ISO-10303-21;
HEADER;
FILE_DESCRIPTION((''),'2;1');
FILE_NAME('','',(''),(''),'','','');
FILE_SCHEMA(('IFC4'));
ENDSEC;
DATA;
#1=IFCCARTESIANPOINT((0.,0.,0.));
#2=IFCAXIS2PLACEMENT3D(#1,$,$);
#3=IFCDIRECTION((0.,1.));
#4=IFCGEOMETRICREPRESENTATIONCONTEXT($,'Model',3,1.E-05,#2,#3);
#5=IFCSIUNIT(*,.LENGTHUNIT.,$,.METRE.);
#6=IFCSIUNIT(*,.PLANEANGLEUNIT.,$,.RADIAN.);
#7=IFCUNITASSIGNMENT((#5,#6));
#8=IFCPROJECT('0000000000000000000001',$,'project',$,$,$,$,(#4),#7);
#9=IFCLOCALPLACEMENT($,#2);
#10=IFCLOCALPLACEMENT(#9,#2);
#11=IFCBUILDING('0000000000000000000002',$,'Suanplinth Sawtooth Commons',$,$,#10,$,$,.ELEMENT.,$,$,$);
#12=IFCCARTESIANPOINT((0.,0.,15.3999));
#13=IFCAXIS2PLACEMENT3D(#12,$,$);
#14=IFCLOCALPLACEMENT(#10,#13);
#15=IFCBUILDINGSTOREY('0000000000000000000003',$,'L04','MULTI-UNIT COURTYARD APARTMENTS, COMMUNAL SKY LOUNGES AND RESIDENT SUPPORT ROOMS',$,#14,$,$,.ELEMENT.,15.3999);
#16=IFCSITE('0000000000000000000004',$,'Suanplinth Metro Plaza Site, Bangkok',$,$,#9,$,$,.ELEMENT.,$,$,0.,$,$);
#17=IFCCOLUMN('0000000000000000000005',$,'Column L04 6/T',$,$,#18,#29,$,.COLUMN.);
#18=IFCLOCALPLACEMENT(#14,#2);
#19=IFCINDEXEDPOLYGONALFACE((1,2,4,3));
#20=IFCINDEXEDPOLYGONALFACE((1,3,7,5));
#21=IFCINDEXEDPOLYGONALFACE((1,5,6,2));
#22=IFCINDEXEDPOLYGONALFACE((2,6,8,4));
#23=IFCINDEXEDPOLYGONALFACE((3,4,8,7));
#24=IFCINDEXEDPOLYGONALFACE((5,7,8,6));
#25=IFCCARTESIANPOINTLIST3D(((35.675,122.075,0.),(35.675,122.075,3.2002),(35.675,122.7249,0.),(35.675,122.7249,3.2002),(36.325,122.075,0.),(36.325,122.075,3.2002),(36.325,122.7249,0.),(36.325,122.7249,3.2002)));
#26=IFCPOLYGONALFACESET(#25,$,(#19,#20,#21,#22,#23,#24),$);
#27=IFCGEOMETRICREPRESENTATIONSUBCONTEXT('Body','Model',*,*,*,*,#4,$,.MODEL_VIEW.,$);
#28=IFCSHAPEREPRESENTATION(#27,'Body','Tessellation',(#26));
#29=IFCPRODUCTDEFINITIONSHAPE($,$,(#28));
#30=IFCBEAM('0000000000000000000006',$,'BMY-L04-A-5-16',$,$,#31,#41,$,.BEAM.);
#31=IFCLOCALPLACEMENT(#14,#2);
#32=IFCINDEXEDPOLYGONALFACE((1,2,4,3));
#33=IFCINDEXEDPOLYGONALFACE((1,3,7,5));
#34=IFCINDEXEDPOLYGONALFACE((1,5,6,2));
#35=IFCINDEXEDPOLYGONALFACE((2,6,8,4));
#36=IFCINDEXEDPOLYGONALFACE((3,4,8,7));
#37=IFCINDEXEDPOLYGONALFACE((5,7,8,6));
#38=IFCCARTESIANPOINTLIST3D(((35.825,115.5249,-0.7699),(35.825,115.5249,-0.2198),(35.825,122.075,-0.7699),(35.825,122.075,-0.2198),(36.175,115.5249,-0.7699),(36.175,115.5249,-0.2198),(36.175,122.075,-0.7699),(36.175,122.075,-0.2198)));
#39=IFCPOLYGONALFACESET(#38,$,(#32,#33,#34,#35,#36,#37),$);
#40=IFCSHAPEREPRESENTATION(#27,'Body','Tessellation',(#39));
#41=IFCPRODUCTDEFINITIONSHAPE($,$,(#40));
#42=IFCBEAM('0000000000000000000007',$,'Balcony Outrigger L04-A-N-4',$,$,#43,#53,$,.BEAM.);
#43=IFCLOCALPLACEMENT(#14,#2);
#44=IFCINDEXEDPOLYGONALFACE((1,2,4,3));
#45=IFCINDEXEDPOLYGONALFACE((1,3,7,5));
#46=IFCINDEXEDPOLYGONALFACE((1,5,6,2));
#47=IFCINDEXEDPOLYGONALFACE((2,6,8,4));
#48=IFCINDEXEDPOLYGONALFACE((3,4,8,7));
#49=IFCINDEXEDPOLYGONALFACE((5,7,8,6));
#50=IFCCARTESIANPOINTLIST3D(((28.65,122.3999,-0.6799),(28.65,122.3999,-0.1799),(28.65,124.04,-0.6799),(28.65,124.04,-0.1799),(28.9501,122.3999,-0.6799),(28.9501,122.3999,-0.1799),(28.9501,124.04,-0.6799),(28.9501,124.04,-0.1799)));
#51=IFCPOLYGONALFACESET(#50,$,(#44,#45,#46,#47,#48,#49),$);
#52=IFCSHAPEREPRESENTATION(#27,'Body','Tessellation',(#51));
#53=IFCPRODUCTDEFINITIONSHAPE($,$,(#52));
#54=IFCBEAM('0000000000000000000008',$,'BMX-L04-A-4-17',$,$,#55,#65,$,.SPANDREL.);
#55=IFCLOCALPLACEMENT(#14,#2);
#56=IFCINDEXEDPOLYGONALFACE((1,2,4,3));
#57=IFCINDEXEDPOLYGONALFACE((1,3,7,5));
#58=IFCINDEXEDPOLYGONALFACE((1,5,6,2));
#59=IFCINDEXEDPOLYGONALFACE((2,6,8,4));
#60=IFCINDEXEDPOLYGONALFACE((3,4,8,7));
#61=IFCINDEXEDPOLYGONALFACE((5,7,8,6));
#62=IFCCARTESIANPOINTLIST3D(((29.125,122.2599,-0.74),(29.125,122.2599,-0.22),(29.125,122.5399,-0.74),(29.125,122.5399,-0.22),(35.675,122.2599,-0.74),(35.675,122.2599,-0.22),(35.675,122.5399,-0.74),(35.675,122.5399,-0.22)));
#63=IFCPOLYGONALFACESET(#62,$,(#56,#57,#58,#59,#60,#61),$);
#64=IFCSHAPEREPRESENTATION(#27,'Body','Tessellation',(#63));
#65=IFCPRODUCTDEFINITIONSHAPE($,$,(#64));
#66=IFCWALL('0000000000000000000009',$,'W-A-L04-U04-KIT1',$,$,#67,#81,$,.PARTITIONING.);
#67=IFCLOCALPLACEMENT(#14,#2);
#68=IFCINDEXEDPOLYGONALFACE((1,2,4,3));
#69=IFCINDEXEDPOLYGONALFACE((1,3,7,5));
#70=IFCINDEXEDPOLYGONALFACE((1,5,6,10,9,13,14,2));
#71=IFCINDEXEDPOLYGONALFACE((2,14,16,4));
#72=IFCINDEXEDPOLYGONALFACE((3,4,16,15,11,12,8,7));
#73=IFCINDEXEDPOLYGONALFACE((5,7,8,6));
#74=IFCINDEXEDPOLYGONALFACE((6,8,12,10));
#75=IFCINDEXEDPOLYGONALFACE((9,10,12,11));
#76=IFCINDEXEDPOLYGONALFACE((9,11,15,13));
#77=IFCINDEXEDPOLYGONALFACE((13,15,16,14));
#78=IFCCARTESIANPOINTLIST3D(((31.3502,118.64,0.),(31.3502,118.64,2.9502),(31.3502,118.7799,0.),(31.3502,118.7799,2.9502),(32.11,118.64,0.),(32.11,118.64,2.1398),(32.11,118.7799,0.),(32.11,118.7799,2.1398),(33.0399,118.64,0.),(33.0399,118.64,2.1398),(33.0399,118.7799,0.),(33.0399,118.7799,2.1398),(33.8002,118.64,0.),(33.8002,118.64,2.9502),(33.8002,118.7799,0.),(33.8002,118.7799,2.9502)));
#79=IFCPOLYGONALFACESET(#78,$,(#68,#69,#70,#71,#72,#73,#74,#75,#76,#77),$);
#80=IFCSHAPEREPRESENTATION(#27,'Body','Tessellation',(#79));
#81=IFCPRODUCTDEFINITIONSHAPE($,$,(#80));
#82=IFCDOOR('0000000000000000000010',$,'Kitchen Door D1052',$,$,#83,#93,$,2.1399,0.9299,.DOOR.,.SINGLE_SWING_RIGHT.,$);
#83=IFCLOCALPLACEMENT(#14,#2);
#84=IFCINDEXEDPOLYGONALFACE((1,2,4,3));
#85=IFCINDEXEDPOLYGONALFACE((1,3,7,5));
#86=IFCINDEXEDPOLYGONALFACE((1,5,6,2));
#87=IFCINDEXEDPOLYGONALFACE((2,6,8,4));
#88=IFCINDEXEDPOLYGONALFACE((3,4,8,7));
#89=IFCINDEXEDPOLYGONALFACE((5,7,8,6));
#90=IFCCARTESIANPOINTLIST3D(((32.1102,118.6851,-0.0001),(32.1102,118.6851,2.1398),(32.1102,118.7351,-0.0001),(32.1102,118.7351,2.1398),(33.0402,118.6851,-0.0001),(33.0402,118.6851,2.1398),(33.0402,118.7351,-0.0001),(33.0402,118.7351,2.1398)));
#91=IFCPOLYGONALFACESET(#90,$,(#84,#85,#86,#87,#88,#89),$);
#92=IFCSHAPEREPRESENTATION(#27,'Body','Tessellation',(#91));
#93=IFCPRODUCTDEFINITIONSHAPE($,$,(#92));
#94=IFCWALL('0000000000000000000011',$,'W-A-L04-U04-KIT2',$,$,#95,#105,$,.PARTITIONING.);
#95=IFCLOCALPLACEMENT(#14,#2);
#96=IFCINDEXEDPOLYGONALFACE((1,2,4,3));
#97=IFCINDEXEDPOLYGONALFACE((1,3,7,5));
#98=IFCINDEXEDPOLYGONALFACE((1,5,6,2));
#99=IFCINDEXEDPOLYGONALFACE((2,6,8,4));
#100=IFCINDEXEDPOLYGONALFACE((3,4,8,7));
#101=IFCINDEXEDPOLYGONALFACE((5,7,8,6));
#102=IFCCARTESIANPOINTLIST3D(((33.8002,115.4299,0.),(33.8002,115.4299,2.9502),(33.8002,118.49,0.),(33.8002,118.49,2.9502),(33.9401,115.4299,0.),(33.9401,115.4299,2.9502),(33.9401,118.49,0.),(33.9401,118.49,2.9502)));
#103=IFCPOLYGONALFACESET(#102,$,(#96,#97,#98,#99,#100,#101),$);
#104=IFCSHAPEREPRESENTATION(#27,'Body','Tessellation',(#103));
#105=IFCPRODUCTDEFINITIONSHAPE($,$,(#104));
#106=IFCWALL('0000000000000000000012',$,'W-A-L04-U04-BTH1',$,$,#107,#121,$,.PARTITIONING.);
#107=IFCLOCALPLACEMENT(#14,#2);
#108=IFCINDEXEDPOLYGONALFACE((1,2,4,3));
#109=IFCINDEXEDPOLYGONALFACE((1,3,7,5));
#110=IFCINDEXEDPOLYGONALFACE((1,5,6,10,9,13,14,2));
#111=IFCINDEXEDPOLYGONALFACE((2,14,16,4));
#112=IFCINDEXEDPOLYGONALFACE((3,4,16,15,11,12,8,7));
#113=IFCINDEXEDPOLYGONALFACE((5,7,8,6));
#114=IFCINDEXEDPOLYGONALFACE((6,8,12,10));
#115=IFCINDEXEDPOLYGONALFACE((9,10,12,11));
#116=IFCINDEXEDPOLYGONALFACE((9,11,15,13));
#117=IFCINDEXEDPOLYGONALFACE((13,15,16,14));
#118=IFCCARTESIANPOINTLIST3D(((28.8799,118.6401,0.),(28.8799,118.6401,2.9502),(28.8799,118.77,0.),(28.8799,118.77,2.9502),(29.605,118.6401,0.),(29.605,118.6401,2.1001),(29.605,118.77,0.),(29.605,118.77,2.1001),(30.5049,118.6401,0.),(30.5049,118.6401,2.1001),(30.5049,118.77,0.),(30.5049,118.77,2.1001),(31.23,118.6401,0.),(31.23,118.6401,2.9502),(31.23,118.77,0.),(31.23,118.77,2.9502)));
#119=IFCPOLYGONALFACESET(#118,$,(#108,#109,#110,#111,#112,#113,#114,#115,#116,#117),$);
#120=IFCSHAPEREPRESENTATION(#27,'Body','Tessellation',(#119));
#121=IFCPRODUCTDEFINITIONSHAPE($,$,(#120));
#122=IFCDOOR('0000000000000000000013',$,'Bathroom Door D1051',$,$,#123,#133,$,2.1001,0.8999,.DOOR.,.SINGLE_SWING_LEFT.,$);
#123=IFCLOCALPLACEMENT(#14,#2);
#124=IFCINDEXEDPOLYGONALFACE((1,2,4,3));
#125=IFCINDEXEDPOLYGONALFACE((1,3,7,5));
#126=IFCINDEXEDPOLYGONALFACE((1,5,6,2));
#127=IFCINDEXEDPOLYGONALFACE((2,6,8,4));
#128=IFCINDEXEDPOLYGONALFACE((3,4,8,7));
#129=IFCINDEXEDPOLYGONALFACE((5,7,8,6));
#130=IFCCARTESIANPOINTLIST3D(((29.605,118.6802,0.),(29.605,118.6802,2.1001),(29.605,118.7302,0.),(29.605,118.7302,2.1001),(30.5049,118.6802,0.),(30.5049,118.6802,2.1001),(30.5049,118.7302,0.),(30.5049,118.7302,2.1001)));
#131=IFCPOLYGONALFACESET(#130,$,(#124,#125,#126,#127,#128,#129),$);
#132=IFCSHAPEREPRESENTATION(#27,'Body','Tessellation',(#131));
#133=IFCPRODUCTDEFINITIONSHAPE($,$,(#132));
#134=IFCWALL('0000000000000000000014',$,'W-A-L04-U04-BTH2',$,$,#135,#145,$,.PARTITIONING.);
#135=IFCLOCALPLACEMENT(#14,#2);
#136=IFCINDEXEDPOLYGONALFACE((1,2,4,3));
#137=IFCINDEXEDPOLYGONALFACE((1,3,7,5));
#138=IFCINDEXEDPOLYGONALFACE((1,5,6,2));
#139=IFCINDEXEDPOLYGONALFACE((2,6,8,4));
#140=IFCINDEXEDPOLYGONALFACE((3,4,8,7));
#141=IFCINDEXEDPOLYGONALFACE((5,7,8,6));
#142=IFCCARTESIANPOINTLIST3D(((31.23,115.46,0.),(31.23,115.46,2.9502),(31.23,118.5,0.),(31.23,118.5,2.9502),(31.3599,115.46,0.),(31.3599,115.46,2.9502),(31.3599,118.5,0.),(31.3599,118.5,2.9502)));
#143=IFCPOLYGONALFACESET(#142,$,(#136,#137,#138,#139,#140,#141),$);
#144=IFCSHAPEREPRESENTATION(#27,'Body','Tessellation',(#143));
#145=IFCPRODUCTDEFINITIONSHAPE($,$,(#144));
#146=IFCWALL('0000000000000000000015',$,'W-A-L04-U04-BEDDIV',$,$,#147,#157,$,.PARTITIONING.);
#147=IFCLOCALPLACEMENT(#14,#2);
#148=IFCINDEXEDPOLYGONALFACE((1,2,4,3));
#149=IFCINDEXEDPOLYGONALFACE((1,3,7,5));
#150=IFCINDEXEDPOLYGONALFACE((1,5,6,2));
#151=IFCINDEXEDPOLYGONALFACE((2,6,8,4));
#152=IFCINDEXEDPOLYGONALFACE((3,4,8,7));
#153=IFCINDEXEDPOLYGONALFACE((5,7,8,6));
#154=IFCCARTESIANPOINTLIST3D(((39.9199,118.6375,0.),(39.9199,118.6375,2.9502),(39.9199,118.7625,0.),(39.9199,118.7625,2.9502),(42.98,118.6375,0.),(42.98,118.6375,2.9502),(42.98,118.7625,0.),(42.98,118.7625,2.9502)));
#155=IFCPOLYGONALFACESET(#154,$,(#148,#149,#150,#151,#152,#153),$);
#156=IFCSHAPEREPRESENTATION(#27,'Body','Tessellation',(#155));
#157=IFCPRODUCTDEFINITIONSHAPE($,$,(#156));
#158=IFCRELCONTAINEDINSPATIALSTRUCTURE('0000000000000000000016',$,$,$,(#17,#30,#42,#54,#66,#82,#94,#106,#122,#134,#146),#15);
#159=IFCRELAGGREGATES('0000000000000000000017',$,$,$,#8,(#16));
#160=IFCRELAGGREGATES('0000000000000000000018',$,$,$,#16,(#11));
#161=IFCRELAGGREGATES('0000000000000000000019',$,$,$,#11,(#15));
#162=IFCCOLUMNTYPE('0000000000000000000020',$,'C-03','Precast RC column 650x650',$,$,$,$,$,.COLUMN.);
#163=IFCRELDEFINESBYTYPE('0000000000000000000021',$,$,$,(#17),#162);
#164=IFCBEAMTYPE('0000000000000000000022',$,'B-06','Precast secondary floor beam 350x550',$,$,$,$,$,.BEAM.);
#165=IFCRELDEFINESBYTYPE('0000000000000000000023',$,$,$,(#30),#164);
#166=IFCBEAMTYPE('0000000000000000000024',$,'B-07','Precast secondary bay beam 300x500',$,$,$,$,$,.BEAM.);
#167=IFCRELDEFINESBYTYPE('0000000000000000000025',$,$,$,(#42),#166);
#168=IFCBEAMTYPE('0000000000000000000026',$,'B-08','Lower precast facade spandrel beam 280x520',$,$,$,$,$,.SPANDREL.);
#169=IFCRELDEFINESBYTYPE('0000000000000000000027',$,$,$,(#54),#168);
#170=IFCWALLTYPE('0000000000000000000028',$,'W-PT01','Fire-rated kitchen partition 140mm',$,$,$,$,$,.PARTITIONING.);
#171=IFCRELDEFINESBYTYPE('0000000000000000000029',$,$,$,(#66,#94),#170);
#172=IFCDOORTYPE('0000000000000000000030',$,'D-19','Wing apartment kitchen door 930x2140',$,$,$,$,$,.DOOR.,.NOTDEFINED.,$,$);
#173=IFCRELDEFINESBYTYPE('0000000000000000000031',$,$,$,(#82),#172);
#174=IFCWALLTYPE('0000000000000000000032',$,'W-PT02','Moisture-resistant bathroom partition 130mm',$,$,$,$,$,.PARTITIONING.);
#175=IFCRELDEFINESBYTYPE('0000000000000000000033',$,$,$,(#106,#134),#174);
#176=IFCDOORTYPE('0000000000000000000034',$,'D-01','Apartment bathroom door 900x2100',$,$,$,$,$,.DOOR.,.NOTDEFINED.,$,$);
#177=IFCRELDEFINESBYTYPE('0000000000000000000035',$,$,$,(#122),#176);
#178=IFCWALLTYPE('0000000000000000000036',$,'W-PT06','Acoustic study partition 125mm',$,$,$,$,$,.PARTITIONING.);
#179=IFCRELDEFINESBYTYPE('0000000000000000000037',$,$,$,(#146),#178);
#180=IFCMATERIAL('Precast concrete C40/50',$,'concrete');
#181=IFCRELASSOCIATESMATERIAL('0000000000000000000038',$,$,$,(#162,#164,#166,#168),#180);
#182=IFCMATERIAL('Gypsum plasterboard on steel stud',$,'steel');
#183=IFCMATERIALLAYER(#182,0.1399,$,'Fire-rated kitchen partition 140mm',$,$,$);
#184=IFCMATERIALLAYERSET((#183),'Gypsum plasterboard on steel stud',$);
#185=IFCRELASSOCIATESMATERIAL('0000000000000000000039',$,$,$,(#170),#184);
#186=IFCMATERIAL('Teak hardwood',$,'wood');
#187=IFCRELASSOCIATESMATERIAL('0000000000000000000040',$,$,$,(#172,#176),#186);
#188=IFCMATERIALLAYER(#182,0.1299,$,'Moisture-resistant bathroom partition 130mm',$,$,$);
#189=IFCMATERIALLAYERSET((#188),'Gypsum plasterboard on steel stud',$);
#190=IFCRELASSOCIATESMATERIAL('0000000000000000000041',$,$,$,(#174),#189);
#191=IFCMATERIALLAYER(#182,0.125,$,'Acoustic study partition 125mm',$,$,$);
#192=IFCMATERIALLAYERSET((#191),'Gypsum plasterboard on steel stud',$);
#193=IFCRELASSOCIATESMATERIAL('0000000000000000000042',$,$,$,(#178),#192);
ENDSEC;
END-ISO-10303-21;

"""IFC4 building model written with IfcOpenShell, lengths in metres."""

from ifc_helpers import new_model, si_unit, direction, frame, frame_2d, origin, origin_2d, place, context, subcontext, project, spatial, rectangle, extrude, material, layer, layer_set, material_profile, profile_set, type_object, element, fill, save


model = new_model("IFC4")

# Units and contexts
model_context = context("Model", 3, precision=1e-05, world=origin(), true_north=direction((0.0, 1.0)))
body_context = subcontext(model_context, "Body", "Model", "MODEL_VIEW")
ifc_project = project(units=[si_unit("LENGTHUNIT", "METRE"), si_unit("PLANEANGLEUNIT", "RADIAN")], contexts=[model_context])

# Site, building, storey
site_placement = place(None, origin())
site = spatial("IfcSite", under=ifc_project, at=site_placement, Name="Suanplinth Metro Plaza Site, Bangkok", CompositionType="ELEMENT", RefElevation=0.0)
building_placement = place(site_placement, origin())
building = spatial("IfcBuilding", under=site, at=building_placement, Name="Suanplinth Sawtooth Commons", CompositionType="ELEMENT")
storey_placement = place(building_placement, frame((0.0, 0.0, 15.3999)))
storey = spatial("IfcBuildingStorey", under=building, at=storey_placement, Name="L04", Description="MULTI-UNIT COURTYARD APARTMENTS, COMMUNAL SKY LOUNGES AND RESIDENT SUPPORT ROOMS", CompositionType="ELEMENT", Elevation=15.3999)

# Column
ifc_material_1 = material(Name="Precast concrete C40/50", Category="concrete")
ifc_material_profile_1 = material_profile(ifc_material_1, rectangle(XDim=0.6499, YDim=0.6499, at=origin_2d()), Name="PC-COL 650x650")
ifc_profile_set_1 = profile_set([ifc_material_profile_1], Name="Precast concrete C40/50")
column_type = type_object("IfcColumnType", Name="C-03", Description="Precast RC column 650x650", PredefinedType="COLUMN", material=ifc_profile_set_1)
column_placement = place(storey_placement, frame((36.0, 122.3999, 0.0), z_axis=(0.0, 0.0, 1.0), x_axis=(1.0, 0.0, 0.0)))
element("IfcColumn", 1, at=column_placement, inside=storey, type_object=column_type, Name="Column L04 6/T", PredefinedType="COLUMN", context=body_context, shape_type="SweptSolid", body=[
    extrude(rectangle(XDim=0.6499, YDim=0.6499, at=origin_2d()), origin(), (0.0, 0.0, 1.0), 3.2002),
])

# Beams
ifc_material_profile_2 = material_profile(ifc_material_1, rectangle(XDim=0.3501, YDim=0.55, at=origin_2d()), Name="PC-BM 350x550")
ifc_profile_set_2 = profile_set([ifc_material_profile_2], Name="Precast concrete C40/50")
beam_type_1 = type_object("IfcBeamType", Name="B-06", Description="Precast secondary floor beam 350x550", PredefinedType="BEAM", material=ifc_profile_set_2)
beam_1_placement = place(storey_placement, frame((36.0, 115.5249, -0.4949), z_axis=(0.0, 1.0, 0.0), x_axis=(-1.0, 0.0, 0.0)))
element("IfcBeam", 2, at=beam_1_placement, inside=storey, type_object=beam_type_1, Name="BMY-L04-A-5-16", PredefinedType="BEAM", context=body_context, shape_type="SweptSolid", body=[
    extrude(rectangle(XDim=0.3501, YDim=0.55, at=origin_2d()), origin(), (0.0, 0.0, 1.0), 6.55),
])
ifc_material_profile_3 = material_profile(ifc_material_1, rectangle(XDim=0.3, YDim=0.5, at=origin_2d()), Name="PC-BM 300x500")
ifc_profile_set_3 = profile_set([ifc_material_profile_3], Name="Precast concrete C40/50")
beam_type_2 = type_object("IfcBeamType", Name="B-07", Description="Precast secondary bay beam 300x500", PredefinedType="BEAM", material=ifc_profile_set_3)
beam_2_placement = place(storey_placement, frame((28.8, 122.3999, -0.4299), z_axis=(0.0, 1.0, 0.0), x_axis=(-1.0, 0.0, 0.0)))
element("IfcBeam", 3, at=beam_2_placement, inside=storey, type_object=beam_type_2, Name="Balcony Outrigger L04-A-N-4", PredefinedType="BEAM", context=body_context, shape_type="SweptSolid", body=[
    extrude(rectangle(XDim=0.3, YDim=0.5, at=origin_2d()), origin(), (0.0, 0.0, 1.0), 1.6401),
])
ifc_material_profile_4 = material_profile(ifc_material_1, rectangle(XDim=0.28, YDim=0.52, at=origin_2d()), Name="PC-SP 280x520")
ifc_profile_set_4 = profile_set([ifc_material_profile_4], Name="Precast concrete C40/50")
beam_type_3 = type_object("IfcBeamType", Name="B-08", Description="Lower precast facade spandrel beam 280x520", PredefinedType="SPANDREL", material=ifc_profile_set_4)
beam_3_placement = place(storey_placement, frame((29.125, 122.3999, -0.48), z_axis=(1.0, 0.0, 0.0), x_axis=(0.0, 1.0, 0.0)))
element("IfcBeam", 4, at=beam_3_placement, inside=storey, type_object=beam_type_3, Name="BMX-L04-A-4-17", PredefinedType="SPANDREL", context=body_context, shape_type="SweptSolid", body=[
    extrude(rectangle(XDim=0.28, YDim=0.52, at=origin_2d()), origin(), (0.0, 0.0, 1.0), 6.55),
])

# Wall, opening, door
ifc_material_2 = material(Name="Gypsum plasterboard on steel stud", Category="steel")
ifc_layer_1 = layer(ifc_material_2, 0.1399, Name="Fire-rated kitchen partition 140mm")
ifc_layer_set_1 = layer_set([ifc_layer_1], Name="Gypsum plasterboard on steel stud")
wall_type_1 = type_object("IfcWallType", Name="W-PT01", Description="Fire-rated kitchen partition 140mm", PredefinedType="PARTITIONING", material=ifc_layer_set_1)
wall_1_placement = place(storey_placement, frame((31.3501, 118.71, 0.0), z_axis=(0.0, 0.0, 1.0), x_axis=(1.0, 0.0, 0.0)))
wall_1 = element("IfcWall", 5, at=wall_1_placement, inside=storey, type_object=wall_type_1, Name="W-A-L04-U04-KIT1", PredefinedType="PARTITIONING", context=body_context, shape_type="SweptSolid", body=[
    extrude(rectangle(XDim=2.45, YDim=0.1399, at=frame_2d((1.2251, 0.0))), origin(), (0.0, 0.0, 1.0), 2.9502),
])
opening_1_placement = place(wall_1_placement, frame((0.76, 0.0, 0.0)))
opening_1 = element("IfcOpeningElement", 6, at=opening_1_placement, cuts=wall_1, PredefinedType="OPENING", context=body_context, shape_type="SweptSolid", body=[
    extrude(rectangle(XDim=0.9299, YDim=2.1399, at=frame_2d((0.4648, 1.0698))), frame((0.0, 0.085, 0.0), z_axis=(0.0, -1.0, 0.0), x_axis=(1.0, 0.0, 0.0)), (0.0, 0.0, 1.0), 0.1697),
])
ifc_material_3 = material(Name="Teak hardwood", Category="wood")
door_type_1 = type_object("IfcDoorType", Name="D-19", Description="Wing apartment kitchen door 930x2140", OperationType="NOTDEFINED", PredefinedType="DOOR", material=ifc_material_3)
door_1_placement = place(opening_1_placement, frame((0.9299, 0.0, 0.0), z_axis=(0.0, 0.0, 1.0), x_axis=(-1.0, 0.0, 0.0)))
door_1 = element("IfcDoor", 7, at=door_1_placement, inside=storey, type_object=door_type_1, Name="Kitchen Door D1052", OperationType="SINGLE_SWING_RIGHT", OverallHeight=2.1399, OverallWidth=0.9299, PredefinedType="DOOR", context=body_context, shape_type="SweptSolid", body=[
    extrude(rectangle(XDim=0.9299, YDim=2.1399, at=frame_2d((0.4648, 1.0698))), frame((0.0, 0.0249, 0.0), z_axis=(0.0, -1.0, 0.0), x_axis=(1.0, 0.0, 0.0)), (0.0, 0.0, 1.0), 0.05),
])
fill(opening_1, door_1)

# Wall
wall_2_placement = place(storey_placement, frame((33.8701, 115.4299, 0.0), z_axis=(0.0, 0.0, 1.0), x_axis=(0.0, 1.0, 0.0)))
element("IfcWall", 8, at=wall_2_placement, inside=storey, type_object=wall_type_1, Name="W-A-L04-U04-KIT2", PredefinedType="PARTITIONING", context=body_context, shape_type="SweptSolid", body=[
    extrude(rectangle(XDim=3.0601, YDim=0.1399, at=frame_2d((1.53, 0.0))), origin(), (0.0, 0.0, 1.0), 2.9502),
])

# Wall, opening, door
ifc_layer_2 = layer(ifc_material_2, 0.1299, Name="Moisture-resistant bathroom partition 130mm")
ifc_layer_set_2 = layer_set([ifc_layer_2], Name="Gypsum plasterboard on steel stud")
wall_type_2 = type_object("IfcWallType", Name="W-PT02", Description="Moisture-resistant bathroom partition 130mm", PredefinedType="PARTITIONING", material=ifc_layer_set_2)
wall_3_placement = place(storey_placement, frame((28.8799, 118.7051, 0.0), z_axis=(0.0, 0.0, 1.0), x_axis=(1.0, 0.0, 0.0)))
wall_3 = element("IfcWall", 9, at=wall_3_placement, inside=storey, type_object=wall_type_2, Name="W-A-L04-U04-BTH1", PredefinedType="PARTITIONING", context=body_context, shape_type="SweptSolid", body=[
    extrude(rectangle(XDim=2.3501, YDim=0.1299, at=frame_2d((1.175, 0.0))), origin(), (0.0, 0.0, 1.0), 2.9502),
])
opening_2_placement = place(wall_3_placement, frame((0.7251, 0.0, 0.0)))
opening_2 = element("IfcOpeningElement", 10, at=opening_2_placement, cuts=wall_3, PredefinedType="OPENING", context=body_context, shape_type="SweptSolid", body=[
    extrude(rectangle(XDim=0.8999, YDim=2.1001, at=frame_2d((0.45, 1.05))), frame((0.0, 0.0798, 0.0), z_axis=(0.0, -1.0, 0.0), x_axis=(1.0, 0.0, 0.0)), (0.0, 0.0, 1.0), 0.1597),
])
door_type_2 = type_object("IfcDoorType", Name="D-01", Description="Apartment bathroom door 900x2100", OperationType="NOTDEFINED", PredefinedType="DOOR", material=ifc_material_3)
door_2_placement = place(opening_2_placement, frame((0.8999, 0.0, 0.0), z_axis=(0.0, 0.0, 1.0), x_axis=(-1.0, 0.0, 0.0)))
door_2 = element("IfcDoor", 11, at=door_2_placement, inside=storey, type_object=door_type_2, Name="Bathroom Door D1051", OperationType="SINGLE_SWING_LEFT", OverallHeight=2.1001, OverallWidth=0.8999, PredefinedType="DOOR", context=body_context, shape_type="SweptSolid", body=[
    extrude(rectangle(XDim=0.8999, YDim=2.1001, at=frame_2d((0.45, 1.05))), frame((0.0, 0.0249, 0.0), z_axis=(0.0, -1.0, 0.0), x_axis=(1.0, 0.0, 0.0)), (0.0, 0.0, 1.0), 0.05),
])
fill(opening_2, door_2)

# Wall
wall_4_placement = place(storey_placement, frame((31.2949, 115.46, 0.0), z_axis=(0.0, 0.0, 1.0), x_axis=(0.0, 1.0, 0.0)))
element("IfcWall", 12, at=wall_4_placement, inside=storey, type_object=wall_type_2, Name="W-A-L04-U04-BTH2", PredefinedType="PARTITIONING", context=body_context, shape_type="SweptSolid", body=[
    extrude(rectangle(XDim=3.04, YDim=0.1299, at=frame_2d((1.52, 0.0))), origin(), (0.0, 0.0, 1.0), 2.9502),
])

# Wall
ifc_layer_3 = layer(ifc_material_2, 0.125, Name="Acoustic study partition 125mm")
ifc_layer_set_3 = layer_set([ifc_layer_3], Name="Gypsum plasterboard on steel stud")
wall_type_3 = type_object("IfcWallType", Name="W-PT06", Description="Acoustic study partition 125mm", PredefinedType="PARTITIONING", material=ifc_layer_set_3)
wall_5_placement = place(storey_placement, frame((39.9199, 118.7, 0.0), z_axis=(0.0, 0.0, 1.0), x_axis=(1.0, 0.0, 0.0)))
element("IfcWall", 13, at=wall_5_placement, inside=storey, type_object=wall_type_3, Name="W-A-L04-U04-BEDDIV", PredefinedType="PARTITIONING", context=body_context, shape_type="SweptSolid", body=[
    extrude(rectangle(XDim=3.0601, YDim=0.125, at=frame_2d((1.53, 0.0))), origin(), (0.0, 0.0, 1.0), 2.9502),
])

save(model, "model.ifc")
